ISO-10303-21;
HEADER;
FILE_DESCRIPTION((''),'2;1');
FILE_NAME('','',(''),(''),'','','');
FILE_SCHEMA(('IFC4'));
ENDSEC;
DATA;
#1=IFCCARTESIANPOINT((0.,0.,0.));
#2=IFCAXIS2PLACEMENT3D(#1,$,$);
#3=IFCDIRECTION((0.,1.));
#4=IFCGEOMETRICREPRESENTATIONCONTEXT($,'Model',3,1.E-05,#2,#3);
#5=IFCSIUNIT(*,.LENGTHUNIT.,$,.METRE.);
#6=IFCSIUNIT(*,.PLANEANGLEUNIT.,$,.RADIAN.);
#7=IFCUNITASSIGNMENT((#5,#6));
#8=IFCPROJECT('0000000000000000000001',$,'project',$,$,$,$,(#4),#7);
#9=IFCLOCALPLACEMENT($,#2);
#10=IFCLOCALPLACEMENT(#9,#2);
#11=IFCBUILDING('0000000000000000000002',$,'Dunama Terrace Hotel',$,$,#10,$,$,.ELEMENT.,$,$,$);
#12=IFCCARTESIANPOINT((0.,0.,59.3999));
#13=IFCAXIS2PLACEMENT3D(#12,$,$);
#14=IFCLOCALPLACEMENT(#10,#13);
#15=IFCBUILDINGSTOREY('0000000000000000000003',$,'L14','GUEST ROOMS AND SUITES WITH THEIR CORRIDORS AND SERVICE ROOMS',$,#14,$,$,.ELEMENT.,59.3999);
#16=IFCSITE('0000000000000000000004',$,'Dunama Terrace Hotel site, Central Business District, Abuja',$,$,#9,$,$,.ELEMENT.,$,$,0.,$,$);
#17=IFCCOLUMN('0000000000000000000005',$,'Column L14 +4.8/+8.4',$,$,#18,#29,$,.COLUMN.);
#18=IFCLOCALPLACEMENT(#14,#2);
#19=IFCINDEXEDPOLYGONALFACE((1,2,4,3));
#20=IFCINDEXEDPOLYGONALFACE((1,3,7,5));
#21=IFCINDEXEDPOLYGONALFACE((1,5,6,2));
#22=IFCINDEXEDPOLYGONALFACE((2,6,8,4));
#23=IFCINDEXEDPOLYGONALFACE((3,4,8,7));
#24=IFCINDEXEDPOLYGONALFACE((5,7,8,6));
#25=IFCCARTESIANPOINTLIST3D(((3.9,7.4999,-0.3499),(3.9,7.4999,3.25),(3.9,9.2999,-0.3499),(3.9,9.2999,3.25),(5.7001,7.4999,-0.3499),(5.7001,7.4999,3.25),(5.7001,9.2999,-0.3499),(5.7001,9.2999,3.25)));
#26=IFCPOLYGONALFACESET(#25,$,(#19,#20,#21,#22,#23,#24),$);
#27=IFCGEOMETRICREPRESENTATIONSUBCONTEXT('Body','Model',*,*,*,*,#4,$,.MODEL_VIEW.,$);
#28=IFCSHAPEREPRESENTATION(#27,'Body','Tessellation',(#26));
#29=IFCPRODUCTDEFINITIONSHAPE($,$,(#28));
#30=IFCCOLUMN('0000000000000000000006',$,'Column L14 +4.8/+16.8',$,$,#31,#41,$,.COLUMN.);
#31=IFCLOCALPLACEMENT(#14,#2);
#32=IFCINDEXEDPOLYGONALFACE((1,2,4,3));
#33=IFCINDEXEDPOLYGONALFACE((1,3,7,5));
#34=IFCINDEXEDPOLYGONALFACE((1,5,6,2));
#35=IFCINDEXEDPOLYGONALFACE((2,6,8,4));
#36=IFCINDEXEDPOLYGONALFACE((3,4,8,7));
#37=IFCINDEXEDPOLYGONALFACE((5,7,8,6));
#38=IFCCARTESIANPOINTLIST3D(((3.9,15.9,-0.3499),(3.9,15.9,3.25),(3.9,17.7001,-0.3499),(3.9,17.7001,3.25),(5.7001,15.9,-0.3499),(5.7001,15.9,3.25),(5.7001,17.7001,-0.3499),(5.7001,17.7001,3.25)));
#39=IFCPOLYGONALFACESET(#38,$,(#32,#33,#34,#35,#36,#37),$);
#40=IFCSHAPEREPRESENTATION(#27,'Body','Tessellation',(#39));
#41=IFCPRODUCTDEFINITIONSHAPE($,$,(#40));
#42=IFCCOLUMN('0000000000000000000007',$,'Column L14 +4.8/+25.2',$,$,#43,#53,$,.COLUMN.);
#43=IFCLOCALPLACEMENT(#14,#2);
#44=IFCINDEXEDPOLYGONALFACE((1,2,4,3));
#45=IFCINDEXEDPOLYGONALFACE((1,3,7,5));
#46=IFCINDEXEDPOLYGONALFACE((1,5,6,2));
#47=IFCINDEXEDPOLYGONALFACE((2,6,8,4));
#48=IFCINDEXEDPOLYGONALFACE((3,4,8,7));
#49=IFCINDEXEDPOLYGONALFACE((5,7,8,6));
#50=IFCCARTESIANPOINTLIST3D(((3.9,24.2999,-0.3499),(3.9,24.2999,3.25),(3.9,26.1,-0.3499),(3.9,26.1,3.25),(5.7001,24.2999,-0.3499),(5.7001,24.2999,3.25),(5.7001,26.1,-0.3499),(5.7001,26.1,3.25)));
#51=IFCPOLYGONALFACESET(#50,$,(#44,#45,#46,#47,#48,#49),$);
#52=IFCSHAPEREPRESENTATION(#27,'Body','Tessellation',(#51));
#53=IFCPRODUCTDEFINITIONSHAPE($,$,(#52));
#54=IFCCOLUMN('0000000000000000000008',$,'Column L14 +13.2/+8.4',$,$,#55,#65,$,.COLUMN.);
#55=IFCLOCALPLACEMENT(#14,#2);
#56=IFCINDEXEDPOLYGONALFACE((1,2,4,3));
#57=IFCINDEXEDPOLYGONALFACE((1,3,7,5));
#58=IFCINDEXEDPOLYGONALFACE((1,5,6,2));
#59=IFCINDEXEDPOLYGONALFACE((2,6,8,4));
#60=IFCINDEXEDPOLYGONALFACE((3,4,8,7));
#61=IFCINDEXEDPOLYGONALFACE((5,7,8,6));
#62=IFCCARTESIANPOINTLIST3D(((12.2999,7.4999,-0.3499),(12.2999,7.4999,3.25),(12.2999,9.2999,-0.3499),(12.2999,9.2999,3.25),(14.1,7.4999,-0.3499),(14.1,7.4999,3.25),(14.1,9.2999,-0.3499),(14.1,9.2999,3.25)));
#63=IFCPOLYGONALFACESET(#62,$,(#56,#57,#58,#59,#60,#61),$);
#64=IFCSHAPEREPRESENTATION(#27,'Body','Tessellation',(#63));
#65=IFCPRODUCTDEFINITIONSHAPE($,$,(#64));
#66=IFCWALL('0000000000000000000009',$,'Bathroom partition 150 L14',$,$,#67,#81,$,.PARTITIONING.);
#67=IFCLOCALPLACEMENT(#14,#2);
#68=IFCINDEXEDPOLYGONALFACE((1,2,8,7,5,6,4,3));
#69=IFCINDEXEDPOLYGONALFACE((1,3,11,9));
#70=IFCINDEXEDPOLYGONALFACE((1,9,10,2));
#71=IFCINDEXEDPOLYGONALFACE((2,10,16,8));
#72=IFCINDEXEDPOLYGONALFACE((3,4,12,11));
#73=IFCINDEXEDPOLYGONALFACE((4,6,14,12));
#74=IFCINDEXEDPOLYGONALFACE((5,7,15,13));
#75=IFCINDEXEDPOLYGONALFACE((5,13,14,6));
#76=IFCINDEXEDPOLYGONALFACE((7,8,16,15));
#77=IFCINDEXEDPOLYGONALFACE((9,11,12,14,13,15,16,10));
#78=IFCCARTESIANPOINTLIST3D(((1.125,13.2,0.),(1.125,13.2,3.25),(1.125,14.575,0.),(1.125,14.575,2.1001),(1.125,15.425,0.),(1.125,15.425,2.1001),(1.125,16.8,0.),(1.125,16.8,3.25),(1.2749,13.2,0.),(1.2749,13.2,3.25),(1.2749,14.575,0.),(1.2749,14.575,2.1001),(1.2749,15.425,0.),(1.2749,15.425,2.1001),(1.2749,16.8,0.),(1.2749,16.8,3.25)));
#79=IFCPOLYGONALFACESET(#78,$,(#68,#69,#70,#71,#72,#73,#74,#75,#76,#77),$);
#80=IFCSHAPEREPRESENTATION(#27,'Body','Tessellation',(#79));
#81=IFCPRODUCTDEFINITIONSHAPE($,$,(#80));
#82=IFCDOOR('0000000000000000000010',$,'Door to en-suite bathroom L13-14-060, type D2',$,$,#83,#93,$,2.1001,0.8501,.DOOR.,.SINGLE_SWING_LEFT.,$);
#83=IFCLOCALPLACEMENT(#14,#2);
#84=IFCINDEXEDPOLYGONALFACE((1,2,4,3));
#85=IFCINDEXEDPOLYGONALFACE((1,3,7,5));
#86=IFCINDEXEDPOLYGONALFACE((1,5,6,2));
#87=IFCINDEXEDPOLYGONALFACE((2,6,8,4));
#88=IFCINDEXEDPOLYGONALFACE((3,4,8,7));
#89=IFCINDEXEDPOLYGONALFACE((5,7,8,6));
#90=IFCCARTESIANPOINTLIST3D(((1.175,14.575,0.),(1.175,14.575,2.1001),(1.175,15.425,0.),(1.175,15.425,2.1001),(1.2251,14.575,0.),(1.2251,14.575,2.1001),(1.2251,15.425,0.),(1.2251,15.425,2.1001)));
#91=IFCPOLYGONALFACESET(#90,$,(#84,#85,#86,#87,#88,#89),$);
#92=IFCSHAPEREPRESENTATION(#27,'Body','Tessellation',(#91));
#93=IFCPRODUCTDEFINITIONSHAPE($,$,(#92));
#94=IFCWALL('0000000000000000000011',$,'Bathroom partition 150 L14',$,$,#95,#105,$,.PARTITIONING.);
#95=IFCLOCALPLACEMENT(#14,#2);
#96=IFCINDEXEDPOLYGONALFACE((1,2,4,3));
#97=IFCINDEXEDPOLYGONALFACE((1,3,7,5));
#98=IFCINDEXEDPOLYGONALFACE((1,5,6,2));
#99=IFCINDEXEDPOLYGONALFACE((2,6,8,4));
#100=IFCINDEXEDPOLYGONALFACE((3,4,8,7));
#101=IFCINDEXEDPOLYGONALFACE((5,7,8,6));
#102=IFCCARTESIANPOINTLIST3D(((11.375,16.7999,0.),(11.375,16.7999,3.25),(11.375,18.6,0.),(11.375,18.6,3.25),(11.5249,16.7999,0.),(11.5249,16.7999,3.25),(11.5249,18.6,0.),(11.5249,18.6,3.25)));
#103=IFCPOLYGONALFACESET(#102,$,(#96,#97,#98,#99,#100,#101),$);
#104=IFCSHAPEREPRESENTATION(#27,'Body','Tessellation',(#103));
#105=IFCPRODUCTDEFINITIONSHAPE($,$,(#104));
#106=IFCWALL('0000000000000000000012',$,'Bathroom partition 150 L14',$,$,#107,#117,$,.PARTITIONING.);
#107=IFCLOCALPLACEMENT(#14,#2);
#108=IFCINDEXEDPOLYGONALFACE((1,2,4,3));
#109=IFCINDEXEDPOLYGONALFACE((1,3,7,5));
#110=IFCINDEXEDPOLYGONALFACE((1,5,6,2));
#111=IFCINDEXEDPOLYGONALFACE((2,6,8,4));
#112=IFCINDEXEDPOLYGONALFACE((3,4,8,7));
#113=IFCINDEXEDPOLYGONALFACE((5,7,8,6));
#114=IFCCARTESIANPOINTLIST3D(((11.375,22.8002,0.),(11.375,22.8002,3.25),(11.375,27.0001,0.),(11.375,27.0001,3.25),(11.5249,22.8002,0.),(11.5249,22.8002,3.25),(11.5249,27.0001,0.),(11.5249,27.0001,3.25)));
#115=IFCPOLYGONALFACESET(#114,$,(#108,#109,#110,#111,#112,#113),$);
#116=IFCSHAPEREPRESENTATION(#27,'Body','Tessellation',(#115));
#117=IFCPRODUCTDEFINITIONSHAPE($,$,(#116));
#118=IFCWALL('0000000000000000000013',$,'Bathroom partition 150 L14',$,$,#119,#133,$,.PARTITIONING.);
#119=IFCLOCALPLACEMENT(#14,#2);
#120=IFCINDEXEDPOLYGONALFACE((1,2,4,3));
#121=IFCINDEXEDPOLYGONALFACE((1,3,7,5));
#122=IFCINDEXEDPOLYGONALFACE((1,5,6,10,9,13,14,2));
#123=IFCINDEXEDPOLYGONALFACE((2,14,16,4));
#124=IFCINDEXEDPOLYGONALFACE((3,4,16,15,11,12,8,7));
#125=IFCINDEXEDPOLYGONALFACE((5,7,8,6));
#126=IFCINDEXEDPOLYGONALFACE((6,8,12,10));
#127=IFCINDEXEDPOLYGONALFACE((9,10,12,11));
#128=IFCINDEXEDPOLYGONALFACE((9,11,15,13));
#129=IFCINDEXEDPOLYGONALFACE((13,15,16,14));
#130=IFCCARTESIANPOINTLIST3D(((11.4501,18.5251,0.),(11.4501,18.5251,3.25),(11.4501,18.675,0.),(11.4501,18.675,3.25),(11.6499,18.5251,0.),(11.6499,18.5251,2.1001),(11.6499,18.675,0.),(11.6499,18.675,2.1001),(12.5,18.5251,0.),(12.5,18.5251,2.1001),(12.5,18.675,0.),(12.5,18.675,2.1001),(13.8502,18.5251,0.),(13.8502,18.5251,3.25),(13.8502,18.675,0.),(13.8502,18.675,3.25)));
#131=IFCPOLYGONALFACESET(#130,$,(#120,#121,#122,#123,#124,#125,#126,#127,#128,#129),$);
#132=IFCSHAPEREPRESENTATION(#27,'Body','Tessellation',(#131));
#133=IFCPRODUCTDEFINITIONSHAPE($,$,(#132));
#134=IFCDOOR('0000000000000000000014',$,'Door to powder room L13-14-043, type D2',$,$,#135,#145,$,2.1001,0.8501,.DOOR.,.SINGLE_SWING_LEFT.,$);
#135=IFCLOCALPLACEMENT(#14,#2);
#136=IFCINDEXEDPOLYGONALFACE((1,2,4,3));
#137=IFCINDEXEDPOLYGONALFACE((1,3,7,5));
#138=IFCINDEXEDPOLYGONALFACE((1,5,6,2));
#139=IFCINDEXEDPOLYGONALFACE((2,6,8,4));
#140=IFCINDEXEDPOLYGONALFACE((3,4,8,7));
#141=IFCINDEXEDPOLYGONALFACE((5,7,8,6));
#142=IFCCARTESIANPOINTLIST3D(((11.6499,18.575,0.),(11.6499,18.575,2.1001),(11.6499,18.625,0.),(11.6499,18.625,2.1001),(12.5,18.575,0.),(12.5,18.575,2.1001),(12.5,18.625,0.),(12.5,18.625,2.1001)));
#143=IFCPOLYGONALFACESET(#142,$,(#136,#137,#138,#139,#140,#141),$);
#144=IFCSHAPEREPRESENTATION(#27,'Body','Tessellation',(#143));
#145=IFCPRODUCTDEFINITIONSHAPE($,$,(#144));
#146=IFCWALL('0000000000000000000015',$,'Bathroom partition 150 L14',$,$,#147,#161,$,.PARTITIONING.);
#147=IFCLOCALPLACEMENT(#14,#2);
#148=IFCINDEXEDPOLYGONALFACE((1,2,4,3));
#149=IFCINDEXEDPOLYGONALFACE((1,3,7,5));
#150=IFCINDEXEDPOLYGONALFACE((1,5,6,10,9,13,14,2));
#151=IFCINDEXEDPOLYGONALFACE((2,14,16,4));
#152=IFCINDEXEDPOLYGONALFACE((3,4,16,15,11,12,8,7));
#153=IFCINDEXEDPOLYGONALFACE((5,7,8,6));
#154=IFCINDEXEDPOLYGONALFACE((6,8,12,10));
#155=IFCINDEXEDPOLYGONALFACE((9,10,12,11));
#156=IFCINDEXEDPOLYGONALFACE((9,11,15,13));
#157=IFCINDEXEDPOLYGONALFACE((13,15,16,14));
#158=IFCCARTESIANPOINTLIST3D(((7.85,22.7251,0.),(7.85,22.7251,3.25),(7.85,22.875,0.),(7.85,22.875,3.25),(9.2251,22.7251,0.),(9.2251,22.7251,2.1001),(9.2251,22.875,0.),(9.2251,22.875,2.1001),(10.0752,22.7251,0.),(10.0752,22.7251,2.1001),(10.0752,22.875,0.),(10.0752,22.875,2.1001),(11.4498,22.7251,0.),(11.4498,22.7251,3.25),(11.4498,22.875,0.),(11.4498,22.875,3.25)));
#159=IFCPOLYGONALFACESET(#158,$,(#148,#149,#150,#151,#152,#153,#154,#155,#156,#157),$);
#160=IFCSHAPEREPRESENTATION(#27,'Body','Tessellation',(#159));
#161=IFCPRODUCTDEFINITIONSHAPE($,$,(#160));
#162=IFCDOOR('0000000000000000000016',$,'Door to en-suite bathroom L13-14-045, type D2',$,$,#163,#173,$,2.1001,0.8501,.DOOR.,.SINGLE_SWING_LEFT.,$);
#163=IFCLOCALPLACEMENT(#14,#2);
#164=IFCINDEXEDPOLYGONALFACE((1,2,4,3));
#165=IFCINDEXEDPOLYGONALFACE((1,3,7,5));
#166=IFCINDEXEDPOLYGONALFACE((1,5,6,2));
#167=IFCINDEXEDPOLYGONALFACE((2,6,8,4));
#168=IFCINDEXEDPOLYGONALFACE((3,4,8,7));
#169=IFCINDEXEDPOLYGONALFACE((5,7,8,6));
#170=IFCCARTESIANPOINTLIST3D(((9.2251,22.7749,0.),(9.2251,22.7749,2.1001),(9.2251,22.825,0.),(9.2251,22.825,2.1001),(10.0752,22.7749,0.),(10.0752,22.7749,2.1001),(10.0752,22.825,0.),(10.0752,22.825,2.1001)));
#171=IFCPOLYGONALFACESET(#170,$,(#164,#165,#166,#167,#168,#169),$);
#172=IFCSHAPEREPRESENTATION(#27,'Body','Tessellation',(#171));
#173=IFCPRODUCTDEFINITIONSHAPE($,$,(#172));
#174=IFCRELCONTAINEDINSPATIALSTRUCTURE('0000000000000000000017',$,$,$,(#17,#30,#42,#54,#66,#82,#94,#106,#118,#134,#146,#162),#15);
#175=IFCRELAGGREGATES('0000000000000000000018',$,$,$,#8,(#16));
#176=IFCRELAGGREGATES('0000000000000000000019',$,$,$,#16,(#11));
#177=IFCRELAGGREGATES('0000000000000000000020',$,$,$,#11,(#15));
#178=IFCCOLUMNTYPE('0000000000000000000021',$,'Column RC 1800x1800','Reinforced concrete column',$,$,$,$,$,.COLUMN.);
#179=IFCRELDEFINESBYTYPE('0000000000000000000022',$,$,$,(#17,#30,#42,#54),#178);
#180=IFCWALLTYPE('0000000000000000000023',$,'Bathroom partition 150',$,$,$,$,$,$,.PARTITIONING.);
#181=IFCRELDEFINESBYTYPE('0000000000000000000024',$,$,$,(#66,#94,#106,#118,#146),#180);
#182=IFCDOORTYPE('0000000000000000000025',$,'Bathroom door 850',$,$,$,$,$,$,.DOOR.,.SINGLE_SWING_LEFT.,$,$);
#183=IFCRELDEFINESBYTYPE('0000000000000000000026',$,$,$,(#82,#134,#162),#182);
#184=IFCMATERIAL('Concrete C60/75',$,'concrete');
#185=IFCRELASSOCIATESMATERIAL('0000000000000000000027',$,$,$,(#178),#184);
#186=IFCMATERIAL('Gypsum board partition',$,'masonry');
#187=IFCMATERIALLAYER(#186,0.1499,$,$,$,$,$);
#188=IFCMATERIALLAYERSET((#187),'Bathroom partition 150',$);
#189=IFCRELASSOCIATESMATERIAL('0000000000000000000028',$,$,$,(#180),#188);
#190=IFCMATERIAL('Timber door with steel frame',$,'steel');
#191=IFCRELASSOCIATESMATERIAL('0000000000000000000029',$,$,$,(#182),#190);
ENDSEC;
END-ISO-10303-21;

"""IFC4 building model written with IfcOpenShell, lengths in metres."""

from ifc_helpers import new_model, si_unit, direction, frame, frame_2d, origin, origin_2d, place, context, subcontext, project, spatial, rectangle, extrude, material, layer, layer_set, material_profile, profile_set, type_object, element, fill, save


model = new_model("IFC4")

# Units and contexts
model_context = context("Model", 3, precision=1e-05, world=origin(), true_north=direction((0.0, 1.0)))
body_context = subcontext(model_context, "Body", "Model", "MODEL_VIEW")
ifc_project = project(units=[si_unit("LENGTHUNIT", "METRE"), si_unit("PLANEANGLEUNIT", "RADIAN")], contexts=[model_context])

# Site, building, storey
site_placement = place(None, origin())
site = spatial("IfcSite", under=ifc_project, at=site_placement, Name="Dunama Terrace Hotel site, Central Business District, Abuja", CompositionType="ELEMENT", RefElevation=0.0)
building_placement = place(site_placement, origin())
building = spatial("IfcBuilding", under=site, at=building_placement, Name="Dunama Terrace Hotel", CompositionType="ELEMENT")
storey_placement = place(building_placement, frame((0.0, 0.0, 59.3999)))
storey = spatial("IfcBuildingStorey", under=building, at=storey_placement, Name="L14", Description="GUEST ROOMS AND SUITES WITH THEIR CORRIDORS AND SERVICE ROOMS", CompositionType="ELEMENT", Elevation=59.3999)

# Columns
ifc_material_1 = material(Name="Concrete C60/75", Category="concrete")
ifc_material_profile = material_profile(ifc_material_1, rectangle(XDim=1.8, YDim=1.8, at=origin_2d()), Name="RC 1800x1800")
ifc_profile_set = profile_set([ifc_material_profile], Name="Concrete C60/75")
column_type = type_object("IfcColumnType", Name="Column RC 1800x1800", Description="Reinforced concrete column", PredefinedType="COLUMN", material=ifc_profile_set)
for number, where, z_axis, x_axis, name in (
    (1, (4.8, 8.3999, -0.3499), (0.0, 0.0, 1.0), (1.0, 0.0, 0.0), "Column L14 +4.8/+8.4"),
    (2, (4.8, 16.8, -0.3499), (0.0, 0.0, 1.0), (1.0, 0.0, 0.0), "Column L14 +4.8/+16.8"),
    (3, (4.8, 25.2, -0.3499), (0.0, 0.0, 1.0), (1.0, 0.0, 0.0), "Column L14 +4.8/+25.2"),
    (4, (13.2, 8.3999, -0.3499), (0.0, 0.0, 1.0), (1.0, 0.0, 0.0), "Column L14 +13.2/+8.4"),
):
    element("IfcColumn", number, at=place(storey_placement, frame(where, z_axis=z_axis, x_axis=x_axis)), inside=storey, type_object=column_type, Name=name, PredefinedType="COLUMN", context=body_context, shape_type="SweptSolid", body=[
        extrude(rectangle(XDim=1.8, YDim=1.8, at=origin_2d()), origin(), (0.0, 0.0, 1.0), 3.5999),
    ])

# Wall, opening, door
ifc_material_2 = material(Name="Gypsum board partition", Category="masonry")
ifc_layer_1 = layer(ifc_material_2, 0.1499)
ifc_layer_set_1 = layer_set([ifc_layer_1], Name="Bathroom partition 150")
wall_type_1 = type_object("IfcWallType", Name="Bathroom partition 150", PredefinedType="PARTITIONING", material=ifc_layer_set_1)
wall_1_placement = place(storey_placement, frame((1.2, 13.2, 0.0), z_axis=(0.0, 0.0, 1.0), x_axis=(0.0, 1.0, 0.0)))
wall_1 = element("IfcWall", 5, at=wall_1_placement, inside=storey, type_object=wall_type_1, Name="Bathroom partition 150 L14", PredefinedType="PARTITIONING", context=body_context, shape_type="SweptSolid", body=[
    extrude(rectangle(XDim=3.6001, YDim=0.1499, at=frame_2d((1.8, 0.0))), origin(), (0.0, 0.0, 1.0), 3.25),
])
opening_1_placement = place(wall_1_placement, frame((1.375, 0.0, 0.0)))
opening_1 = element("IfcOpeningElement", 6, at=opening_1_placement, cuts=wall_1, PredefinedType="OPENING", context=body_context, shape_type="SweptSolid", body=[
    extrude(rectangle(XDim=0.8501, YDim=2.1001, at=frame_2d((0.425, 1.05))), frame((0.0, 0.085, 0.0), z_axis=(0.0, -1.0, 0.0), x_axis=(1.0, 0.0, 0.0)), (0.0, 0.0, 1.0), 0.1699),
])
ifc_material_3 = material(Name="Timber door with steel frame", Category="steel")
door_type_1 = type_object("IfcDoorType", Name="Bathroom door 850", OperationType="SINGLE_SWING_LEFT", PredefinedType="DOOR", material=ifc_material_3)
door_1_placement = place(opening_1_placement, frame((0.8501, 0.0, 0.0), z_axis=(0.0, 0.0, 1.0), x_axis=(-1.0, 0.0, 0.0)))
door_1 = element("IfcDoor", 7, at=door_1_placement, inside=storey, type_object=door_type_1, Name="Door to en-suite bathroom L13-14-060, type D2", OperationType="SINGLE_SWING_LEFT", OverallHeight=2.1001, OverallWidth=0.8501, PredefinedType="DOOR", context=body_context, shape_type="SweptSolid", body=[
    extrude(rectangle(XDim=0.8501, YDim=2.1001, at=frame_2d((0.425, 1.05))), frame((0.0, 0.0251, 0.0), z_axis=(0.0, -1.0, 0.0), x_axis=(1.0, 0.0, 0.0)), (0.0, 0.0, 1.0), 0.05),
])
fill(opening_1, door_1)

# Walls
wall_2_placement = place(storey_placement, frame((11.45, 16.8, 0.0), z_axis=(0.0, 0.0, 1.0), x_axis=(0.0, 1.0, 0.0)))
element("IfcWall", 8, at=wall_2_placement, inside=storey, type_object=wall_type_1, Name="Bathroom partition 150 L14", PredefinedType="PARTITIONING", context=body_context, shape_type="SweptSolid", body=[
    extrude(rectangle(XDim=1.8, YDim=0.1499, at=frame_2d((0.8999, 0.0))), origin(), (0.0, 0.0, 1.0), 3.25),
])
wall_3_placement = place(storey_placement, frame((11.45, 22.8, 0.0), z_axis=(0.0, 0.0, 1.0), x_axis=(0.0, 1.0, 0.0)))
element("IfcWall", 9, at=wall_3_placement, inside=storey, type_object=wall_type_1, Name="Bathroom partition 150 L14", PredefinedType="PARTITIONING", context=body_context, shape_type="SweptSolid", body=[
    extrude(rectangle(XDim=4.2, YDim=0.1499, at=frame_2d((2.1001, 0.0))), origin(), (0.0, 0.0, 1.0), 3.25),
])

# Walls, openings, doors
wall_4_placement = place(storey_placement, frame((11.45, 18.6001, 0.0), z_axis=(0.0, 0.0, 1.0), x_axis=(1.0, 0.0, 0.0)))
wall_4 = element("IfcWall", 10, at=wall_4_placement, inside=storey, type_object=wall_type_1, Name="Bathroom partition 150 L14", PredefinedType="PARTITIONING", context=body_context, shape_type="SweptSolid", body=[
    extrude(rectangle(XDim=2.4001, YDim=0.1499, at=frame_2d((1.2002, 0.0))), origin(), (0.0, 0.0, 1.0), 3.25),
])
opening_2_placement = place(wall_4_placement, frame((0.2, 0.0, 0.0)))
opening_2 = element("IfcOpeningElement", 11, at=opening_2_placement, cuts=wall_4, PredefinedType="OPENING", context=body_context, shape_type="SweptSolid", body=[
    extrude(rectangle(XDim=0.8501, YDim=2.1001, at=frame_2d((0.425, 1.05))), frame((0.0, 0.085, 0.0), z_axis=(0.0, -1.0, 0.0), x_axis=(1.0, 0.0, 0.0)), (0.0, 0.0, 1.0), 0.1699),
])
door_2_placement = place(opening_2_placement, frame((0.8501, 0.0, 0.0), z_axis=(0.0, 0.0, 1.0), x_axis=(-1.0, 0.0, 0.0)))
door_2 = element("IfcDoor", 12, at=door_2_placement, inside=storey, type_object=door_type_1, Name="Door to powder room L13-14-043, type D2", OperationType="SINGLE_SWING_LEFT", OverallHeight=2.1001, OverallWidth=0.8501, PredefinedType="DOOR", context=body_context, shape_type="SweptSolid", body=[
    extrude(rectangle(XDim=0.8501, YDim=2.1001, at=frame_2d((0.425, 1.05))), frame((0.0, 0.0251, 0.0), z_axis=(0.0, -1.0, 0.0), x_axis=(1.0, 0.0, 0.0)), (0.0, 0.0, 1.0), 0.05),
])
fill(opening_2, door_2)
wall_5_placement = place(storey_placement, frame((7.8501, 22.8, 0.0), z_axis=(0.0, 0.0, 1.0), x_axis=(1.0, 0.0, 0.0)))
wall_5 = element("IfcWall", 13, at=wall_5_placement, inside=storey, type_object=wall_type_1, Name="Bathroom partition 150 L14", PredefinedType="PARTITIONING", context=body_context, shape_type="SweptSolid", body=[
    extrude(rectangle(XDim=3.5999, YDim=0.1499, at=frame_2d((1.7998, 0.0))), origin(), (0.0, 0.0, 1.0), 3.25),
])
opening_3_placement = place(wall_5_placement, frame((1.375, 0.0, 0.0)))
opening_3 = element("IfcOpeningElement", 14, at=opening_3_placement, cuts=wall_5, PredefinedType="OPENING", context=body_context, shape_type="SweptSolid", body=[
    extrude(rectangle(XDim=0.8501, YDim=2.1001, at=frame_2d((0.425, 1.05))), frame((0.0, 0.085, 0.0), z_axis=(0.0, -1.0, 0.0), x_axis=(1.0, 0.0, 0.0)), (0.0, 0.0, 1.0), 0.1699),
])
door_3_placement = place(opening_3_placement, origin())
door_3 = element("IfcDoor", 15, at=door_3_placement, inside=storey, type_object=door_type_1, Name="Door to en-suite bathroom L13-14-045, type D2", OperationType="SINGLE_SWING_LEFT", OverallHeight=2.1001, OverallWidth=0.8501, PredefinedType="DOOR", context=body_context, shape_type="SweptSolid", body=[
    extrude(rectangle(XDim=0.8501, YDim=2.1001, at=frame_2d((0.425, 1.05))), frame((0.0, 0.0249, 0.0), z_axis=(0.0, -1.0, 0.0), x_axis=(1.0, 0.0, 0.0)), (0.0, 0.0, 1.0), 0.05),
])
fill(opening_3, door_3)

save(model, "model.ifc")
